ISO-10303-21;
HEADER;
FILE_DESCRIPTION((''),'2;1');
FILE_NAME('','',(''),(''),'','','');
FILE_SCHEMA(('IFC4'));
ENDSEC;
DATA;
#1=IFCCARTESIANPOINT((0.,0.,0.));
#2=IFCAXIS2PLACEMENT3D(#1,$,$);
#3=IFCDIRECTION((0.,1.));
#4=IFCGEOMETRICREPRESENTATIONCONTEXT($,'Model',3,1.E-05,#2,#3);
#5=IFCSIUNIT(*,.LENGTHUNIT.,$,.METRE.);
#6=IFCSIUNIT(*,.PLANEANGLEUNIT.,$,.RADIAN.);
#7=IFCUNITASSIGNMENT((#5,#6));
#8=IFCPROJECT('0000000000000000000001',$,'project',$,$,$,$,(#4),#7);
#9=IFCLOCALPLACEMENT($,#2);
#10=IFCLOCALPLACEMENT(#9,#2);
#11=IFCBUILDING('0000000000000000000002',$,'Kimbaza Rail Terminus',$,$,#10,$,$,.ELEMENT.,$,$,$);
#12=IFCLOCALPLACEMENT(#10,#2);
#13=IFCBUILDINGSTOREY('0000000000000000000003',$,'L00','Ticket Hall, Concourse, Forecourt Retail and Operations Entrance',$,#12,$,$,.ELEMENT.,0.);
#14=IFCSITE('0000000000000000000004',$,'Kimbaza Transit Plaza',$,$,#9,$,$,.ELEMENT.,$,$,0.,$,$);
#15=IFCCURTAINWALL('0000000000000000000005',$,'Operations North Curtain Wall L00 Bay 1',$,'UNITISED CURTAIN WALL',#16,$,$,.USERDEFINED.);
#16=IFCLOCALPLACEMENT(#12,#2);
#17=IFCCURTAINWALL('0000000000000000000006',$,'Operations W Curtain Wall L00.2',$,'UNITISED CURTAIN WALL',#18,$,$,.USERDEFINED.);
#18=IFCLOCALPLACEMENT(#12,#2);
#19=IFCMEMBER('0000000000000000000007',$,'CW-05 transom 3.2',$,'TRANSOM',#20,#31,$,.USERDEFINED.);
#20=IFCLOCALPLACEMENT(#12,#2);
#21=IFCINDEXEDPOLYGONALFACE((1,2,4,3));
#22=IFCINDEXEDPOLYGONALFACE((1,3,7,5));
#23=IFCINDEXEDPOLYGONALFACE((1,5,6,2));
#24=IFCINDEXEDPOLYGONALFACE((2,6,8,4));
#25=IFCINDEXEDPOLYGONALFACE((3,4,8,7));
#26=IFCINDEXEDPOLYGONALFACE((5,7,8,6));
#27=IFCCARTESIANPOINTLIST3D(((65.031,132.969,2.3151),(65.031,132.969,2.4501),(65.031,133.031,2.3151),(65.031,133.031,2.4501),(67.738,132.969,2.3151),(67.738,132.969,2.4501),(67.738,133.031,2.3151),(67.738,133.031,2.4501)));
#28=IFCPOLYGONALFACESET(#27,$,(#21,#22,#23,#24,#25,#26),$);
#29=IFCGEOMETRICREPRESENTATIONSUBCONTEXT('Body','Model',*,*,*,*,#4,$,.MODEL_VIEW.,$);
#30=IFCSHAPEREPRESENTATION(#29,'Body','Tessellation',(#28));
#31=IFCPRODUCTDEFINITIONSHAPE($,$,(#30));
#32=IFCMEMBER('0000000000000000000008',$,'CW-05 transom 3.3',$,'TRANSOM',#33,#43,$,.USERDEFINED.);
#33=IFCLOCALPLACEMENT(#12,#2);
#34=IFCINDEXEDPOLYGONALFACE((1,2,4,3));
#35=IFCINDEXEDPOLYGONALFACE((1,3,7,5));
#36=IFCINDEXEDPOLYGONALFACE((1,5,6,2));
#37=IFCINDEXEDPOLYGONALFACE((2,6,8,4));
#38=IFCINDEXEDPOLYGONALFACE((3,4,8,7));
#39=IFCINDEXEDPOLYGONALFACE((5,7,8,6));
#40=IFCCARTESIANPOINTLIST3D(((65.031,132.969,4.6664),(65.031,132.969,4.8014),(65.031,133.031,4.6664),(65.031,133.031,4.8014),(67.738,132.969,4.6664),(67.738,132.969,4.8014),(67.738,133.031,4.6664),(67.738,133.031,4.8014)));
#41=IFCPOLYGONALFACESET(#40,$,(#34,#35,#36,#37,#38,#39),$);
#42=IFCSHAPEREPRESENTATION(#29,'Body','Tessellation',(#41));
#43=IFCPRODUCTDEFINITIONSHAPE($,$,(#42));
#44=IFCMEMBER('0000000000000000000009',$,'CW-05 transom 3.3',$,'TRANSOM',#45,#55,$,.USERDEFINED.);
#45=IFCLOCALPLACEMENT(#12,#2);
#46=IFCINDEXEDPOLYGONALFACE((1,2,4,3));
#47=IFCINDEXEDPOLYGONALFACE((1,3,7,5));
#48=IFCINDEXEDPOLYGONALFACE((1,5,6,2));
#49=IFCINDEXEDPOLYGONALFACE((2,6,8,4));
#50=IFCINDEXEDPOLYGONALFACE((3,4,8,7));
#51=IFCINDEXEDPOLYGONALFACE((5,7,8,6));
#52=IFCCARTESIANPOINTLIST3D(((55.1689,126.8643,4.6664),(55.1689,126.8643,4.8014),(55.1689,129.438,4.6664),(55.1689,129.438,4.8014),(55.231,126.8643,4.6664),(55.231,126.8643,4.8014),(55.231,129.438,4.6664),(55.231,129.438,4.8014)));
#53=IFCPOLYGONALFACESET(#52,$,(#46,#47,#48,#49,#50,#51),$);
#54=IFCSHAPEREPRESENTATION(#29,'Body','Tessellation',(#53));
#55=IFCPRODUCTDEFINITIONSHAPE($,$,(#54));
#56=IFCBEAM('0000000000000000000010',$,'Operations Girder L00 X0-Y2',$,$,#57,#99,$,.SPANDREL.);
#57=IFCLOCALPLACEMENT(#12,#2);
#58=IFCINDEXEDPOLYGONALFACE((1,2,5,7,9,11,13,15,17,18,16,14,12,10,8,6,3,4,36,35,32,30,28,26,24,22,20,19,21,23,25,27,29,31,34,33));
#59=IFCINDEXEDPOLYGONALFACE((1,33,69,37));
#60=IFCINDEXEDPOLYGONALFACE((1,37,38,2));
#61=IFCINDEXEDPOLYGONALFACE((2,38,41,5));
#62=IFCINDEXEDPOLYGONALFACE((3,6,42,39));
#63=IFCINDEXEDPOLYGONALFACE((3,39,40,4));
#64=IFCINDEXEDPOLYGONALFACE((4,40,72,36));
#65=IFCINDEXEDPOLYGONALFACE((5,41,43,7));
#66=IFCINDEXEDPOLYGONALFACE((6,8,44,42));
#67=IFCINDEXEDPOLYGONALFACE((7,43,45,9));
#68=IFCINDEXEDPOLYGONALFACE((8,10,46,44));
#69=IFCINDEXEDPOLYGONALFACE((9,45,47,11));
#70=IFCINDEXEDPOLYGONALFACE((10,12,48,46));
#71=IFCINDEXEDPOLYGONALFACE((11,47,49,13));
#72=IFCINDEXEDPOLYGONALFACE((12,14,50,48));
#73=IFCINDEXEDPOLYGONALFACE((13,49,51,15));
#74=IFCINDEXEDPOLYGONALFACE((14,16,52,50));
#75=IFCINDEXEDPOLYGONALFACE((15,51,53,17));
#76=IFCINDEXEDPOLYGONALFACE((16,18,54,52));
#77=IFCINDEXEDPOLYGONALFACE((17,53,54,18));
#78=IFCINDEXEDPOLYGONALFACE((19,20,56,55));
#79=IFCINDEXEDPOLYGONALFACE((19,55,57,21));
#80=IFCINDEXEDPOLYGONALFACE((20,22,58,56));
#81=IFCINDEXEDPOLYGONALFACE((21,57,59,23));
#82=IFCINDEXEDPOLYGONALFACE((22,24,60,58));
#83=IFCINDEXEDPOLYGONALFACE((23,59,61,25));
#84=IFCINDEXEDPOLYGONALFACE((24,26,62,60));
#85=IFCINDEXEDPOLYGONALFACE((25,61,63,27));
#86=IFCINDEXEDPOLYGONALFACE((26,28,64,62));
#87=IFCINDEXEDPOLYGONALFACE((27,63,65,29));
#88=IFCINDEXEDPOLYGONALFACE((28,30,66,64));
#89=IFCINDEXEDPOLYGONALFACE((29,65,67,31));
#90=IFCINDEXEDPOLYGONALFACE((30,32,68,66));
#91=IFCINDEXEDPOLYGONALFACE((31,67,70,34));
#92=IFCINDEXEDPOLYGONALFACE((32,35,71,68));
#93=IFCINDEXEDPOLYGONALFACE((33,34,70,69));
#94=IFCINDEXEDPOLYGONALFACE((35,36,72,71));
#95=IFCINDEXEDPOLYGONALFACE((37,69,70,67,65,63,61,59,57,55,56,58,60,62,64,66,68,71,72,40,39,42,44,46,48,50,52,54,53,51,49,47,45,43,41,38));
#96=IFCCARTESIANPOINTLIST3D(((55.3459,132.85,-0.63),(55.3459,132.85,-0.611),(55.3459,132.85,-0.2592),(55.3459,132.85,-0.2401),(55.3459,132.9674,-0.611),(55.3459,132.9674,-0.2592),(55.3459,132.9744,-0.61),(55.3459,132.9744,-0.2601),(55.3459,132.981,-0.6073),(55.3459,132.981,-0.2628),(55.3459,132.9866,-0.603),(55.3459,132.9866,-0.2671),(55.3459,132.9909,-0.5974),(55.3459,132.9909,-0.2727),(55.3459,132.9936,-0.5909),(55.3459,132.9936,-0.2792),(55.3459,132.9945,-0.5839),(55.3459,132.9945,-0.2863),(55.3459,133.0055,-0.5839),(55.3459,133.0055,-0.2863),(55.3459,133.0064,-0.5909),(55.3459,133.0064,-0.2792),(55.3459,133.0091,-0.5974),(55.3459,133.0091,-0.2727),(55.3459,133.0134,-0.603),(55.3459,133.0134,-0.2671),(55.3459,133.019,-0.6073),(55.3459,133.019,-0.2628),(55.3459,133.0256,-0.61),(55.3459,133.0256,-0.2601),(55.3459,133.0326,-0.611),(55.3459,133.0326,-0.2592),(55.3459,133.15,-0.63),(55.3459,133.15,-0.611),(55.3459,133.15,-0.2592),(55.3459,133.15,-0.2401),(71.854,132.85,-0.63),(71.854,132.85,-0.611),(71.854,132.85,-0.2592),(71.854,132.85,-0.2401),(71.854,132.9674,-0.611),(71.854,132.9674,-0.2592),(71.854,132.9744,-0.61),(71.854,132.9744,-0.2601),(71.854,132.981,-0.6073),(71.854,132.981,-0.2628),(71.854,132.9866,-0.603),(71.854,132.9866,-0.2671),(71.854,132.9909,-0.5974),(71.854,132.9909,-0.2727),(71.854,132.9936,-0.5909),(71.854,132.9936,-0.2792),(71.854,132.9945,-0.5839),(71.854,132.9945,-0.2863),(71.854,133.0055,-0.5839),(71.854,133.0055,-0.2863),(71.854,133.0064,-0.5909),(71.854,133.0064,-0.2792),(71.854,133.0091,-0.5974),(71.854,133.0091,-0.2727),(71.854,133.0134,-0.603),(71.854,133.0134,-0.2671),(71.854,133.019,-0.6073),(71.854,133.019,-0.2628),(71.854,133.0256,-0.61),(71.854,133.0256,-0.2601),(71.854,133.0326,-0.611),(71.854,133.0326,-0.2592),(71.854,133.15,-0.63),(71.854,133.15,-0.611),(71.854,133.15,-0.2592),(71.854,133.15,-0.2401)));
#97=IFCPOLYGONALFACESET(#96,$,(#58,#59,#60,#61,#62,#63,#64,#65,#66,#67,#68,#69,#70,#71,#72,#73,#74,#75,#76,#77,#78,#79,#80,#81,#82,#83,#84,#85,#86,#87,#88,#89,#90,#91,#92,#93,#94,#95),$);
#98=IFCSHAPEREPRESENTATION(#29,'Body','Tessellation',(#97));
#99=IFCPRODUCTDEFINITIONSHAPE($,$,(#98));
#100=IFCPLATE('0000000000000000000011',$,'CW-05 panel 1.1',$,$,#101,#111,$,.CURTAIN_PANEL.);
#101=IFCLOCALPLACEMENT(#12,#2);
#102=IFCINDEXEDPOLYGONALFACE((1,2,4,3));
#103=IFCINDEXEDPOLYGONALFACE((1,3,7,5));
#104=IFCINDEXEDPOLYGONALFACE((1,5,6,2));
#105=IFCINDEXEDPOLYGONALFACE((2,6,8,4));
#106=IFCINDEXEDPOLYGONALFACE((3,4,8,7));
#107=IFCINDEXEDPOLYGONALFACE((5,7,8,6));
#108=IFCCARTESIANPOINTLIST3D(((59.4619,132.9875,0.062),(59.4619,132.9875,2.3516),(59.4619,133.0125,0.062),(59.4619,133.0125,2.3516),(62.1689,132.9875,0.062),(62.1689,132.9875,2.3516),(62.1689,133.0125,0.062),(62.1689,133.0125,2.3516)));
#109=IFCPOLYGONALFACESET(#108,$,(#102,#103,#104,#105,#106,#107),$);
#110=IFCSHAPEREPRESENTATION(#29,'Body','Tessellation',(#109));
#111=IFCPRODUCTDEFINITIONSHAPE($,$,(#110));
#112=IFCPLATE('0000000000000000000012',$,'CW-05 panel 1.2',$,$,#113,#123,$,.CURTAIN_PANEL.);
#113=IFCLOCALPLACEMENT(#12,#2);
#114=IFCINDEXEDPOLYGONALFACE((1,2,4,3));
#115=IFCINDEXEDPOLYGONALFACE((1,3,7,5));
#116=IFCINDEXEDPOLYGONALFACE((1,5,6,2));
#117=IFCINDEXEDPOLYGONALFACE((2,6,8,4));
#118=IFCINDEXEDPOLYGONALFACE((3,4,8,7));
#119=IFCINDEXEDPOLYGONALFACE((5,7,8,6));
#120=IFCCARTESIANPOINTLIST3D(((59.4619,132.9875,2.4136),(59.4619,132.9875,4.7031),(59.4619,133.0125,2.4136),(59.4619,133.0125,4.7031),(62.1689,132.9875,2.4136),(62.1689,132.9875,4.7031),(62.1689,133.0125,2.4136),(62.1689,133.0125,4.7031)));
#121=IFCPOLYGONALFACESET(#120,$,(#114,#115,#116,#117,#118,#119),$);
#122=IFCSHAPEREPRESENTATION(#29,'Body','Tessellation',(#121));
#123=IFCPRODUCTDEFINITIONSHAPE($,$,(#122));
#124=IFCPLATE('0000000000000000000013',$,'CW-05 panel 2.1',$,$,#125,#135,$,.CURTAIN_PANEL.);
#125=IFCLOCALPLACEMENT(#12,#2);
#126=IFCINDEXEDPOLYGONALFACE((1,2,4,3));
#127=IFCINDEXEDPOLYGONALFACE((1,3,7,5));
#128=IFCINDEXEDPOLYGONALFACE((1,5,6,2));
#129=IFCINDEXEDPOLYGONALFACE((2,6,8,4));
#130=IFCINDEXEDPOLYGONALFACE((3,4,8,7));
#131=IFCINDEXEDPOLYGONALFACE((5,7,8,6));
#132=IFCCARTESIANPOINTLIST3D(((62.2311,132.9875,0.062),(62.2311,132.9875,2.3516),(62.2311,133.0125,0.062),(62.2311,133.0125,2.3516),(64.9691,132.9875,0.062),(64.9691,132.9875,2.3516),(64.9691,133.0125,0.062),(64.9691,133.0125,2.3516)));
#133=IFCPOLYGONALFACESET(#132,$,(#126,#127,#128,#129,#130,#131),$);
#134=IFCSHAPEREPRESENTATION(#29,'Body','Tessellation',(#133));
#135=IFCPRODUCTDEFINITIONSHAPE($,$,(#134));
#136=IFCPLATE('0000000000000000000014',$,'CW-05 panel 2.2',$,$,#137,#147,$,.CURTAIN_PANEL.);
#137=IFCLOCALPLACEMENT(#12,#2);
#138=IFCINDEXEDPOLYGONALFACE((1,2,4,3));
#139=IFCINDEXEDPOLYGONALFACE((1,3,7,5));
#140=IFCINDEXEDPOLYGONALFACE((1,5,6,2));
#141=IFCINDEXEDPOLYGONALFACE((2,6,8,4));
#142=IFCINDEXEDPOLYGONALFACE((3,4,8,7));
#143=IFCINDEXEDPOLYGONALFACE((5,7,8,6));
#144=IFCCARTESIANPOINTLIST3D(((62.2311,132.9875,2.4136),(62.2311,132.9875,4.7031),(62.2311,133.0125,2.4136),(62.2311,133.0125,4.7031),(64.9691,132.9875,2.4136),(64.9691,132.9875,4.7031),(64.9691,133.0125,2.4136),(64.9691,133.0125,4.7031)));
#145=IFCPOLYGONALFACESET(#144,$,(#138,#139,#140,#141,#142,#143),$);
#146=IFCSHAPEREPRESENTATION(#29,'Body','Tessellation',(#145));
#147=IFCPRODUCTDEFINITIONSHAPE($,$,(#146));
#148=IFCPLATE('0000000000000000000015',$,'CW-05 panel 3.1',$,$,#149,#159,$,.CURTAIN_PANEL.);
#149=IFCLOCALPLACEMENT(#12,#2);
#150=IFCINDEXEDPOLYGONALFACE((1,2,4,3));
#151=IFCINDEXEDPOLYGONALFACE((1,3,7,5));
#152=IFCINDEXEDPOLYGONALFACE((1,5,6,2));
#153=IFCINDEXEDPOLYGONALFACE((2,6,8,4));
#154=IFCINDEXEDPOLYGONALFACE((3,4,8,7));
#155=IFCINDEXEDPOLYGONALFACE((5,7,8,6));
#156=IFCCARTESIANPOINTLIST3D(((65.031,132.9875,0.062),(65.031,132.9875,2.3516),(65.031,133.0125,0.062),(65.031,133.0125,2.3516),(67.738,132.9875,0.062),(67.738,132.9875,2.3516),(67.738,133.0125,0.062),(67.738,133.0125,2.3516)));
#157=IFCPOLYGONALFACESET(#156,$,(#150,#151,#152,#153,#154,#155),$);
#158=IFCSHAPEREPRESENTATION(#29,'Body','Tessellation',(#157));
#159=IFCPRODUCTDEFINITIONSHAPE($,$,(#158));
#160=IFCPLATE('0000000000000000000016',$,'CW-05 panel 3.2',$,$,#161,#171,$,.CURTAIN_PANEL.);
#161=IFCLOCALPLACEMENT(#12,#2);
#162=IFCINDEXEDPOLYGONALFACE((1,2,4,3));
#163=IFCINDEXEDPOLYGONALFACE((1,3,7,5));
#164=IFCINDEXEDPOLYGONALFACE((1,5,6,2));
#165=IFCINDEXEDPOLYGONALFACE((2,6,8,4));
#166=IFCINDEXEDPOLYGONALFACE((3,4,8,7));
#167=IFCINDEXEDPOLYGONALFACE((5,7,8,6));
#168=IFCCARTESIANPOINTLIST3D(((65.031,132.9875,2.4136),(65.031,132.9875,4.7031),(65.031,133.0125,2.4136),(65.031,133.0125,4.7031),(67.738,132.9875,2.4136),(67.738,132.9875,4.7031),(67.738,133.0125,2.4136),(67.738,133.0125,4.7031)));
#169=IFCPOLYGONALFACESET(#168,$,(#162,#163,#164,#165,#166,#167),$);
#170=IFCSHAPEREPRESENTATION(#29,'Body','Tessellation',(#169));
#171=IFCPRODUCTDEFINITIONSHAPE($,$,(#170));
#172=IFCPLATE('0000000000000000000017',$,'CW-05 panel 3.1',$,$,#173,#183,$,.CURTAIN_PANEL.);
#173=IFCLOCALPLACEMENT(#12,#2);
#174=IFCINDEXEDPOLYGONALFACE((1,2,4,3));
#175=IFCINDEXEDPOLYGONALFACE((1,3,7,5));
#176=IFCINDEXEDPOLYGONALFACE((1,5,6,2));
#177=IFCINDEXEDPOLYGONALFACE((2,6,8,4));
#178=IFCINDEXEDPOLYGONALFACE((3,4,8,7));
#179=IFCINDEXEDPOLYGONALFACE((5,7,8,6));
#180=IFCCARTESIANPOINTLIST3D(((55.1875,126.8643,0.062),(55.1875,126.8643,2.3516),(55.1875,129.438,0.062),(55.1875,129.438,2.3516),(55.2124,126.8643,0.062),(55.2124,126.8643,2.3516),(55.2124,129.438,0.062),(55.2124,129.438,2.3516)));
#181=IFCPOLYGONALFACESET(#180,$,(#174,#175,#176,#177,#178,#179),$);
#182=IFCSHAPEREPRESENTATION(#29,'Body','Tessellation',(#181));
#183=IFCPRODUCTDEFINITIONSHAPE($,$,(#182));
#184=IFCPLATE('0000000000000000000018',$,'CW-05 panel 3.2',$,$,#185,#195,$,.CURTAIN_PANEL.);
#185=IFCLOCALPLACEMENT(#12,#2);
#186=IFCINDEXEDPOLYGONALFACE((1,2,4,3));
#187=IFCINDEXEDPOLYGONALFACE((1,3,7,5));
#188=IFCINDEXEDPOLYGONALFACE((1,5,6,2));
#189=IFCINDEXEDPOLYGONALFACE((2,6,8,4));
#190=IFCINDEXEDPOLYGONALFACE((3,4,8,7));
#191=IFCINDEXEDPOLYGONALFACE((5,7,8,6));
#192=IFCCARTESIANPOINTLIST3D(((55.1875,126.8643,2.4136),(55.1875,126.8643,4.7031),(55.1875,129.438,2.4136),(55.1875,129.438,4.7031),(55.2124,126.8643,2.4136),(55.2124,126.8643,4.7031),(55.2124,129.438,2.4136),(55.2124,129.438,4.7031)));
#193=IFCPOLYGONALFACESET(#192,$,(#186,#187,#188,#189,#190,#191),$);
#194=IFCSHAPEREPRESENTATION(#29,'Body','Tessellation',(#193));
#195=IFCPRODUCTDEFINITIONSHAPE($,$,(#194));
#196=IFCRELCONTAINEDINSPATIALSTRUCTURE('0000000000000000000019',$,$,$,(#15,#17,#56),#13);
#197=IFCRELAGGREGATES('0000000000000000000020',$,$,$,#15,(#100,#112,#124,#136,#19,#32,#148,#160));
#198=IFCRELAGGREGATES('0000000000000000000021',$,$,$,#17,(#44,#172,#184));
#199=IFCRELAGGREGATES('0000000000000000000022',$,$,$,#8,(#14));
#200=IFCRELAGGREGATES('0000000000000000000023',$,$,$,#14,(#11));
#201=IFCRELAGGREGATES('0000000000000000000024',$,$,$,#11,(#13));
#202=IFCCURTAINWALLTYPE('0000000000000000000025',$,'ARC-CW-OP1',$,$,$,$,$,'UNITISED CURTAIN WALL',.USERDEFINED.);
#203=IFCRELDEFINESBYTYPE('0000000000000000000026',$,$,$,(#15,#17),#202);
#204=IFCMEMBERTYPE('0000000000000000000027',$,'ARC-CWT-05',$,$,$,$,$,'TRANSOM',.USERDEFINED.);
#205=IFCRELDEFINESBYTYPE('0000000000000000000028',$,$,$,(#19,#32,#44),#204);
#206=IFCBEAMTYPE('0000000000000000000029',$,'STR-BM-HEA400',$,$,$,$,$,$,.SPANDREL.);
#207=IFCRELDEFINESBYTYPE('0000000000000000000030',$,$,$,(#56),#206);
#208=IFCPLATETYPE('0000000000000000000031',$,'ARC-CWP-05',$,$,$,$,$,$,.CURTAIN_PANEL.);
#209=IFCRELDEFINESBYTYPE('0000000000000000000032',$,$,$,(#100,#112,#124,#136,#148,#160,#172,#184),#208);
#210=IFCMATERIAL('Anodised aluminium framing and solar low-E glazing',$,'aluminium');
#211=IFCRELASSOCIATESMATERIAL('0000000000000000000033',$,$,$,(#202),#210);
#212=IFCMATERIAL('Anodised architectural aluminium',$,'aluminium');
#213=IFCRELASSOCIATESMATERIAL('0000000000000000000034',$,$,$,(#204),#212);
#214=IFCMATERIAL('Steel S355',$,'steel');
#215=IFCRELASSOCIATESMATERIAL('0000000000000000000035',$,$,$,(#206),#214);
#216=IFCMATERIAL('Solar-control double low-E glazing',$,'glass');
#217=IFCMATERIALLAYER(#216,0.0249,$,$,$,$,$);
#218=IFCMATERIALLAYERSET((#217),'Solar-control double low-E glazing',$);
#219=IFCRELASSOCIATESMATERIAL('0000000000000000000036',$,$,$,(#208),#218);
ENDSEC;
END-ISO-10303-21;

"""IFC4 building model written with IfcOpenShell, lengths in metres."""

from ifc_helpers import new_model, si_unit, direction, frame, origin, origin_2d, place, context, subcontext, project, spatial, rectangle, i_section, extrude, material, layer, layer_set, material_profile, profile_set, type_object, element, aggregate, save


model = new_model("IFC4")

# Units and contexts
model_context = context("Model", 3, precision=1e-05, world=origin(), true_north=direction((0.0, 1.0)))
body_context = subcontext(model_context, "Body", "Model", "MODEL_VIEW")
ifc_project = project(units=[si_unit("LENGTHUNIT", "METRE"), si_unit("PLANEANGLEUNIT", "RADIAN")], contexts=[model_context])

# Site, building, storey
site_placement = place(None, origin())
site = spatial("IfcSite", under=ifc_project, at=site_placement, Name="Kimbaza Transit Plaza", CompositionType="ELEMENT", RefElevation=0.0)
building_placement = place(site_placement, origin())
building = spatial("IfcBuilding", under=site, at=building_placement, Name="Kimbaza Rail Terminus", CompositionType="ELEMENT")
storey_placement = place(building_placement, origin())
storey = spatial("IfcBuildingStorey", under=building, at=storey_placement, Name="L00", Description="Ticket Hall, Concourse, Forecourt Retail and Operations Entrance", CompositionType="ELEMENT", Elevation=0.0)

# Curtain wall
ifc_material_1 = material(Name="Anodised aluminium framing and solar low-E glazing", Category="aluminium")
curtain_wall_type = type_object("IfcCurtainWallType", Name="ARC-CW-OP1", ElementType="UNITISED CURTAIN WALL", PredefinedType="USERDEFINED", material=ifc_material_1)
curtain_wall_1_placement = place(storey_placement, origin())
curtain_wall_1 = element("IfcCurtainWall", 1, at=curtain_wall_1_placement, inside=storey, type_object=curtain_wall_type, Name="Operations North Curtain Wall L00 Bay 1", ObjectType="UNITISED CURTAIN WALL", PredefinedType="USERDEFINED")

# Curtain wall
curtain_wall_2_placement = place(storey_placement, origin())
curtain_wall_2 = element("IfcCurtainWall", 2, at=curtain_wall_2_placement, inside=storey, type_object=curtain_wall_type, Name="Operations W Curtain Wall L00.2", ObjectType="UNITISED CURTAIN WALL", PredefinedType="USERDEFINED")

# Members
ifc_material_2 = material(Name="Anodised architectural aluminium", Category="aluminium")
ifc_material_profile_1 = material_profile(ifc_material_2, rectangle(XDim=0.062, YDim=0.135, at=origin_2d()), Name="TRANSOM 62x135")
ifc_profile_set_1 = profile_set([ifc_material_profile_1], Name="Anodised architectural aluminium")
member_type_1 = type_object("IfcMemberType", Name="ARC-CWT-05", ElementType="TRANSOM", PredefinedType="USERDEFINED", material=ifc_profile_set_1)
member_1_placement = place(storey_placement, frame((65.031, 133.0, 2.3826), z_axis=(1.0, 0.0, 0.0), x_axis=(0.0, 1.0, 0.0)))
member_1 = element("IfcMember", 3, at=member_1_placement, type_object=member_type_1, Name="CW-05 transom 3.2", ObjectType="TRANSOM", PredefinedType="USERDEFINED", context=body_context, shape_type="SweptSolid", body=[
    extrude(rectangle(XDim=0.062, YDim=0.135, at=origin_2d()), origin(), (0.0, 0.0, 1.0), 2.707),
])
member_2_placement = place(storey_placement, frame((65.031, 133.0, 4.7339), z_axis=(1.0, 0.0, 0.0), x_axis=(0.0, 1.0, 0.0)))
member_2 = element("IfcMember", 4, at=member_2_placement, type_object=member_type_1, Name="CW-05 transom 3.3", ObjectType="TRANSOM", PredefinedType="USERDEFINED", context=body_context, shape_type="SweptSolid", body=[
    extrude(rectangle(XDim=0.062, YDim=0.135, at=origin_2d()), origin(), (0.0, 0.0, 1.0), 2.707),
])
member_3_placement = place(storey_placement, frame((55.2, 126.8643, 4.7339), z_axis=(0.0, 1.0, 0.0), x_axis=(-1.0, 0.0, 0.0)))
member_3 = element("IfcMember", 5, at=member_3_placement, type_object=member_type_1, Name="CW-05 transom 3.3", ObjectType="TRANSOM", PredefinedType="USERDEFINED", context=body_context, shape_type="SweptSolid", body=[
    extrude(rectangle(XDim=0.062, YDim=0.135, at=origin_2d()), origin(), (0.0, 0.0, 1.0), 2.5737),
])

# Beam
ifc_material_3 = material(Name="Steel S355", Category="steel")
ifc_material_profile_2 = material_profile(ifc_material_3, i_section(OverallWidth=0.3, OverallDepth=0.3899, WebThickness=0.011, FlangeThickness=0.019, FilletRadius=0.0271, at=origin_2d()), Name="HEA 400")
ifc_profile_set_2 = profile_set([ifc_material_profile_2], Name="Steel S355")
beam_type = type_object("IfcBeamType", Name="STR-BM-HEA400", PredefinedType="SPANDREL", material=ifc_profile_set_2)
beam_placement = place(storey_placement, frame((55.3459, 133.0, -0.4351), z_axis=(1.0, 0.0, 0.0), x_axis=(0.0, 1.0, 0.0)))
element("IfcBeam", 6, at=beam_placement, inside=storey, type_object=beam_type, Name="Operations Girder L00 X0-Y2", PredefinedType="SPANDREL", context=body_context, shape_type="SweptSolid", body=[
    extrude(i_section(OverallWidth=0.3, OverallDepth=0.3899, WebThickness=0.011, FlangeThickness=0.019, FilletRadius=0.0271, at=origin_2d()), origin(), (0.0, 0.0, 1.0), 16.5081),
])

# Plates
ifc_material_4 = material(Name="Solar-control double low-E glazing", Category="glass")
ifc_layer_1 = layer(ifc_material_4, 0.0249)
ifc_layer_set_1 = layer_set([ifc_layer_1], Name="Solar-control double low-E glazing")
plate_type = type_object("IfcPlateType", Name="ARC-CWP-05", PredefinedType="CURTAIN_PANEL", material=ifc_layer_set_1)
plate_1_placement = place(storey_placement, frame((60.8154, 133.0, 0.062), z_axis=(0.0, 0.0, 1.0), x_axis=(1.0, 0.0, 0.0)))
plate_1 = element("IfcPlate", 7, at=plate_1_placement, type_object=plate_type, Name="CW-05 panel 1.1", PredefinedType="CURTAIN_PANEL", context=body_context, shape_type="SweptSolid", body=[
    extrude(rectangle(XDim=2.707, YDim=0.0249, at=origin_2d()), origin(), (0.0, 0.0, 1.0), 2.2896),
])
plate_2_placement = place(storey_placement, frame((60.8154, 133.0, 2.4136), z_axis=(0.0, 0.0, 1.0), x_axis=(1.0, 0.0, 0.0)))
plate_2 = element("IfcPlate", 8, at=plate_2_placement, type_object=plate_type, Name="CW-05 panel 1.2", PredefinedType="CURTAIN_PANEL", context=body_context, shape_type="SweptSolid", body=[
    extrude(rectangle(XDim=2.707, YDim=0.0249, at=origin_2d()), origin(), (0.0, 0.0, 1.0), 2.2896),
])
plate_3_placement = place(storey_placement, frame((63.6001, 133.0, 0.062), z_axis=(0.0, 0.0, 1.0), x_axis=(1.0, 0.0, 0.0)))
plate_3 = element("IfcPlate", 9, at=plate_3_placement, type_object=plate_type, Name="CW-05 panel 2.1", PredefinedType="CURTAIN_PANEL", context=body_context, shape_type="SweptSolid", body=[
    extrude(rectangle(XDim=2.738, YDim=0.0249, at=origin_2d()), origin(), (0.0, 0.0, 1.0), 2.2896),
])
plate_4_placement = place(storey_placement, frame((63.6001, 133.0, 2.4136), z_axis=(0.0, 0.0, 1.0), x_axis=(1.0, 0.0, 0.0)))
plate_4 = element("IfcPlate", 10, at=plate_4_placement, type_object=plate_type, Name="CW-05 panel 2.2", PredefinedType="CURTAIN_PANEL", context=body_context, shape_type="SweptSolid", body=[
    extrude(rectangle(XDim=2.738, YDim=0.0249, at=origin_2d()), origin(), (0.0, 0.0, 1.0), 2.2896),
])
plate_5_placement = place(storey_placement, frame((66.3845, 133.0, 0.062), z_axis=(0.0, 0.0, 1.0), x_axis=(1.0, 0.0, 0.0)))
plate_5 = element("IfcPlate", 11, at=plate_5_placement, type_object=plate_type, Name="CW-05 panel 3.1", PredefinedType="CURTAIN_PANEL", context=body_context, shape_type="SweptSolid", body=[
    extrude(rectangle(XDim=2.707, YDim=0.0249, at=origin_2d()), origin(), (0.0, 0.0, 1.0), 2.2896),
])
plate_6_placement = place(storey_placement, frame((66.3845, 133.0, 2.4136), z_axis=(0.0, 0.0, 1.0), x_axis=(1.0, 0.0, 0.0)))
plate_6 = element("IfcPlate", 12, at=plate_6_placement, type_object=plate_type, Name="CW-05 panel 3.2", PredefinedType="CURTAIN_PANEL", context=body_context, shape_type="SweptSolid", body=[
    extrude(rectangle(XDim=2.707, YDim=0.0249, at=origin_2d()), origin(), (0.0, 0.0, 1.0), 2.2896),
])
aggregate(curtain_wall_1, [plate_1, plate_2, plate_3, plate_4, member_1, member_2, plate_5, plate_6])
plate_7_placement = place(storey_placement, frame((55.2, 128.1511, 0.062), z_axis=(0.0, 0.0, 1.0), x_axis=(0.0, 1.0, 0.0)))
plate_7 = element("IfcPlate", 13, at=plate_7_placement, type_object=plate_type, Name="CW-05 panel 3.1", PredefinedType="CURTAIN_PANEL", context=body_context, shape_type="SweptSolid", body=[
    extrude(rectangle(XDim=2.5737, YDim=0.0249, at=origin_2d()), origin(), (0.0, 0.0, 1.0), 2.2896),
])
plate_8_placement = place(storey_placement, frame((55.2, 128.1511, 2.4136), z_axis=(0.0, 0.0, 1.0), x_axis=(0.0, 1.0, 0.0)))
plate_8 = element("IfcPlate", 14, at=plate_8_placement, type_object=plate_type, Name="CW-05 panel 3.2", PredefinedType="CURTAIN_PANEL", context=body_context, shape_type="SweptSolid", body=[
    extrude(rectangle(XDim=2.5737, YDim=0.0249, at=origin_2d()), origin(), (0.0, 0.0, 1.0), 2.2896),
])
aggregate(curtain_wall_2, [member_3, plate_7, plate_8])

save(model, "model.ifc")
